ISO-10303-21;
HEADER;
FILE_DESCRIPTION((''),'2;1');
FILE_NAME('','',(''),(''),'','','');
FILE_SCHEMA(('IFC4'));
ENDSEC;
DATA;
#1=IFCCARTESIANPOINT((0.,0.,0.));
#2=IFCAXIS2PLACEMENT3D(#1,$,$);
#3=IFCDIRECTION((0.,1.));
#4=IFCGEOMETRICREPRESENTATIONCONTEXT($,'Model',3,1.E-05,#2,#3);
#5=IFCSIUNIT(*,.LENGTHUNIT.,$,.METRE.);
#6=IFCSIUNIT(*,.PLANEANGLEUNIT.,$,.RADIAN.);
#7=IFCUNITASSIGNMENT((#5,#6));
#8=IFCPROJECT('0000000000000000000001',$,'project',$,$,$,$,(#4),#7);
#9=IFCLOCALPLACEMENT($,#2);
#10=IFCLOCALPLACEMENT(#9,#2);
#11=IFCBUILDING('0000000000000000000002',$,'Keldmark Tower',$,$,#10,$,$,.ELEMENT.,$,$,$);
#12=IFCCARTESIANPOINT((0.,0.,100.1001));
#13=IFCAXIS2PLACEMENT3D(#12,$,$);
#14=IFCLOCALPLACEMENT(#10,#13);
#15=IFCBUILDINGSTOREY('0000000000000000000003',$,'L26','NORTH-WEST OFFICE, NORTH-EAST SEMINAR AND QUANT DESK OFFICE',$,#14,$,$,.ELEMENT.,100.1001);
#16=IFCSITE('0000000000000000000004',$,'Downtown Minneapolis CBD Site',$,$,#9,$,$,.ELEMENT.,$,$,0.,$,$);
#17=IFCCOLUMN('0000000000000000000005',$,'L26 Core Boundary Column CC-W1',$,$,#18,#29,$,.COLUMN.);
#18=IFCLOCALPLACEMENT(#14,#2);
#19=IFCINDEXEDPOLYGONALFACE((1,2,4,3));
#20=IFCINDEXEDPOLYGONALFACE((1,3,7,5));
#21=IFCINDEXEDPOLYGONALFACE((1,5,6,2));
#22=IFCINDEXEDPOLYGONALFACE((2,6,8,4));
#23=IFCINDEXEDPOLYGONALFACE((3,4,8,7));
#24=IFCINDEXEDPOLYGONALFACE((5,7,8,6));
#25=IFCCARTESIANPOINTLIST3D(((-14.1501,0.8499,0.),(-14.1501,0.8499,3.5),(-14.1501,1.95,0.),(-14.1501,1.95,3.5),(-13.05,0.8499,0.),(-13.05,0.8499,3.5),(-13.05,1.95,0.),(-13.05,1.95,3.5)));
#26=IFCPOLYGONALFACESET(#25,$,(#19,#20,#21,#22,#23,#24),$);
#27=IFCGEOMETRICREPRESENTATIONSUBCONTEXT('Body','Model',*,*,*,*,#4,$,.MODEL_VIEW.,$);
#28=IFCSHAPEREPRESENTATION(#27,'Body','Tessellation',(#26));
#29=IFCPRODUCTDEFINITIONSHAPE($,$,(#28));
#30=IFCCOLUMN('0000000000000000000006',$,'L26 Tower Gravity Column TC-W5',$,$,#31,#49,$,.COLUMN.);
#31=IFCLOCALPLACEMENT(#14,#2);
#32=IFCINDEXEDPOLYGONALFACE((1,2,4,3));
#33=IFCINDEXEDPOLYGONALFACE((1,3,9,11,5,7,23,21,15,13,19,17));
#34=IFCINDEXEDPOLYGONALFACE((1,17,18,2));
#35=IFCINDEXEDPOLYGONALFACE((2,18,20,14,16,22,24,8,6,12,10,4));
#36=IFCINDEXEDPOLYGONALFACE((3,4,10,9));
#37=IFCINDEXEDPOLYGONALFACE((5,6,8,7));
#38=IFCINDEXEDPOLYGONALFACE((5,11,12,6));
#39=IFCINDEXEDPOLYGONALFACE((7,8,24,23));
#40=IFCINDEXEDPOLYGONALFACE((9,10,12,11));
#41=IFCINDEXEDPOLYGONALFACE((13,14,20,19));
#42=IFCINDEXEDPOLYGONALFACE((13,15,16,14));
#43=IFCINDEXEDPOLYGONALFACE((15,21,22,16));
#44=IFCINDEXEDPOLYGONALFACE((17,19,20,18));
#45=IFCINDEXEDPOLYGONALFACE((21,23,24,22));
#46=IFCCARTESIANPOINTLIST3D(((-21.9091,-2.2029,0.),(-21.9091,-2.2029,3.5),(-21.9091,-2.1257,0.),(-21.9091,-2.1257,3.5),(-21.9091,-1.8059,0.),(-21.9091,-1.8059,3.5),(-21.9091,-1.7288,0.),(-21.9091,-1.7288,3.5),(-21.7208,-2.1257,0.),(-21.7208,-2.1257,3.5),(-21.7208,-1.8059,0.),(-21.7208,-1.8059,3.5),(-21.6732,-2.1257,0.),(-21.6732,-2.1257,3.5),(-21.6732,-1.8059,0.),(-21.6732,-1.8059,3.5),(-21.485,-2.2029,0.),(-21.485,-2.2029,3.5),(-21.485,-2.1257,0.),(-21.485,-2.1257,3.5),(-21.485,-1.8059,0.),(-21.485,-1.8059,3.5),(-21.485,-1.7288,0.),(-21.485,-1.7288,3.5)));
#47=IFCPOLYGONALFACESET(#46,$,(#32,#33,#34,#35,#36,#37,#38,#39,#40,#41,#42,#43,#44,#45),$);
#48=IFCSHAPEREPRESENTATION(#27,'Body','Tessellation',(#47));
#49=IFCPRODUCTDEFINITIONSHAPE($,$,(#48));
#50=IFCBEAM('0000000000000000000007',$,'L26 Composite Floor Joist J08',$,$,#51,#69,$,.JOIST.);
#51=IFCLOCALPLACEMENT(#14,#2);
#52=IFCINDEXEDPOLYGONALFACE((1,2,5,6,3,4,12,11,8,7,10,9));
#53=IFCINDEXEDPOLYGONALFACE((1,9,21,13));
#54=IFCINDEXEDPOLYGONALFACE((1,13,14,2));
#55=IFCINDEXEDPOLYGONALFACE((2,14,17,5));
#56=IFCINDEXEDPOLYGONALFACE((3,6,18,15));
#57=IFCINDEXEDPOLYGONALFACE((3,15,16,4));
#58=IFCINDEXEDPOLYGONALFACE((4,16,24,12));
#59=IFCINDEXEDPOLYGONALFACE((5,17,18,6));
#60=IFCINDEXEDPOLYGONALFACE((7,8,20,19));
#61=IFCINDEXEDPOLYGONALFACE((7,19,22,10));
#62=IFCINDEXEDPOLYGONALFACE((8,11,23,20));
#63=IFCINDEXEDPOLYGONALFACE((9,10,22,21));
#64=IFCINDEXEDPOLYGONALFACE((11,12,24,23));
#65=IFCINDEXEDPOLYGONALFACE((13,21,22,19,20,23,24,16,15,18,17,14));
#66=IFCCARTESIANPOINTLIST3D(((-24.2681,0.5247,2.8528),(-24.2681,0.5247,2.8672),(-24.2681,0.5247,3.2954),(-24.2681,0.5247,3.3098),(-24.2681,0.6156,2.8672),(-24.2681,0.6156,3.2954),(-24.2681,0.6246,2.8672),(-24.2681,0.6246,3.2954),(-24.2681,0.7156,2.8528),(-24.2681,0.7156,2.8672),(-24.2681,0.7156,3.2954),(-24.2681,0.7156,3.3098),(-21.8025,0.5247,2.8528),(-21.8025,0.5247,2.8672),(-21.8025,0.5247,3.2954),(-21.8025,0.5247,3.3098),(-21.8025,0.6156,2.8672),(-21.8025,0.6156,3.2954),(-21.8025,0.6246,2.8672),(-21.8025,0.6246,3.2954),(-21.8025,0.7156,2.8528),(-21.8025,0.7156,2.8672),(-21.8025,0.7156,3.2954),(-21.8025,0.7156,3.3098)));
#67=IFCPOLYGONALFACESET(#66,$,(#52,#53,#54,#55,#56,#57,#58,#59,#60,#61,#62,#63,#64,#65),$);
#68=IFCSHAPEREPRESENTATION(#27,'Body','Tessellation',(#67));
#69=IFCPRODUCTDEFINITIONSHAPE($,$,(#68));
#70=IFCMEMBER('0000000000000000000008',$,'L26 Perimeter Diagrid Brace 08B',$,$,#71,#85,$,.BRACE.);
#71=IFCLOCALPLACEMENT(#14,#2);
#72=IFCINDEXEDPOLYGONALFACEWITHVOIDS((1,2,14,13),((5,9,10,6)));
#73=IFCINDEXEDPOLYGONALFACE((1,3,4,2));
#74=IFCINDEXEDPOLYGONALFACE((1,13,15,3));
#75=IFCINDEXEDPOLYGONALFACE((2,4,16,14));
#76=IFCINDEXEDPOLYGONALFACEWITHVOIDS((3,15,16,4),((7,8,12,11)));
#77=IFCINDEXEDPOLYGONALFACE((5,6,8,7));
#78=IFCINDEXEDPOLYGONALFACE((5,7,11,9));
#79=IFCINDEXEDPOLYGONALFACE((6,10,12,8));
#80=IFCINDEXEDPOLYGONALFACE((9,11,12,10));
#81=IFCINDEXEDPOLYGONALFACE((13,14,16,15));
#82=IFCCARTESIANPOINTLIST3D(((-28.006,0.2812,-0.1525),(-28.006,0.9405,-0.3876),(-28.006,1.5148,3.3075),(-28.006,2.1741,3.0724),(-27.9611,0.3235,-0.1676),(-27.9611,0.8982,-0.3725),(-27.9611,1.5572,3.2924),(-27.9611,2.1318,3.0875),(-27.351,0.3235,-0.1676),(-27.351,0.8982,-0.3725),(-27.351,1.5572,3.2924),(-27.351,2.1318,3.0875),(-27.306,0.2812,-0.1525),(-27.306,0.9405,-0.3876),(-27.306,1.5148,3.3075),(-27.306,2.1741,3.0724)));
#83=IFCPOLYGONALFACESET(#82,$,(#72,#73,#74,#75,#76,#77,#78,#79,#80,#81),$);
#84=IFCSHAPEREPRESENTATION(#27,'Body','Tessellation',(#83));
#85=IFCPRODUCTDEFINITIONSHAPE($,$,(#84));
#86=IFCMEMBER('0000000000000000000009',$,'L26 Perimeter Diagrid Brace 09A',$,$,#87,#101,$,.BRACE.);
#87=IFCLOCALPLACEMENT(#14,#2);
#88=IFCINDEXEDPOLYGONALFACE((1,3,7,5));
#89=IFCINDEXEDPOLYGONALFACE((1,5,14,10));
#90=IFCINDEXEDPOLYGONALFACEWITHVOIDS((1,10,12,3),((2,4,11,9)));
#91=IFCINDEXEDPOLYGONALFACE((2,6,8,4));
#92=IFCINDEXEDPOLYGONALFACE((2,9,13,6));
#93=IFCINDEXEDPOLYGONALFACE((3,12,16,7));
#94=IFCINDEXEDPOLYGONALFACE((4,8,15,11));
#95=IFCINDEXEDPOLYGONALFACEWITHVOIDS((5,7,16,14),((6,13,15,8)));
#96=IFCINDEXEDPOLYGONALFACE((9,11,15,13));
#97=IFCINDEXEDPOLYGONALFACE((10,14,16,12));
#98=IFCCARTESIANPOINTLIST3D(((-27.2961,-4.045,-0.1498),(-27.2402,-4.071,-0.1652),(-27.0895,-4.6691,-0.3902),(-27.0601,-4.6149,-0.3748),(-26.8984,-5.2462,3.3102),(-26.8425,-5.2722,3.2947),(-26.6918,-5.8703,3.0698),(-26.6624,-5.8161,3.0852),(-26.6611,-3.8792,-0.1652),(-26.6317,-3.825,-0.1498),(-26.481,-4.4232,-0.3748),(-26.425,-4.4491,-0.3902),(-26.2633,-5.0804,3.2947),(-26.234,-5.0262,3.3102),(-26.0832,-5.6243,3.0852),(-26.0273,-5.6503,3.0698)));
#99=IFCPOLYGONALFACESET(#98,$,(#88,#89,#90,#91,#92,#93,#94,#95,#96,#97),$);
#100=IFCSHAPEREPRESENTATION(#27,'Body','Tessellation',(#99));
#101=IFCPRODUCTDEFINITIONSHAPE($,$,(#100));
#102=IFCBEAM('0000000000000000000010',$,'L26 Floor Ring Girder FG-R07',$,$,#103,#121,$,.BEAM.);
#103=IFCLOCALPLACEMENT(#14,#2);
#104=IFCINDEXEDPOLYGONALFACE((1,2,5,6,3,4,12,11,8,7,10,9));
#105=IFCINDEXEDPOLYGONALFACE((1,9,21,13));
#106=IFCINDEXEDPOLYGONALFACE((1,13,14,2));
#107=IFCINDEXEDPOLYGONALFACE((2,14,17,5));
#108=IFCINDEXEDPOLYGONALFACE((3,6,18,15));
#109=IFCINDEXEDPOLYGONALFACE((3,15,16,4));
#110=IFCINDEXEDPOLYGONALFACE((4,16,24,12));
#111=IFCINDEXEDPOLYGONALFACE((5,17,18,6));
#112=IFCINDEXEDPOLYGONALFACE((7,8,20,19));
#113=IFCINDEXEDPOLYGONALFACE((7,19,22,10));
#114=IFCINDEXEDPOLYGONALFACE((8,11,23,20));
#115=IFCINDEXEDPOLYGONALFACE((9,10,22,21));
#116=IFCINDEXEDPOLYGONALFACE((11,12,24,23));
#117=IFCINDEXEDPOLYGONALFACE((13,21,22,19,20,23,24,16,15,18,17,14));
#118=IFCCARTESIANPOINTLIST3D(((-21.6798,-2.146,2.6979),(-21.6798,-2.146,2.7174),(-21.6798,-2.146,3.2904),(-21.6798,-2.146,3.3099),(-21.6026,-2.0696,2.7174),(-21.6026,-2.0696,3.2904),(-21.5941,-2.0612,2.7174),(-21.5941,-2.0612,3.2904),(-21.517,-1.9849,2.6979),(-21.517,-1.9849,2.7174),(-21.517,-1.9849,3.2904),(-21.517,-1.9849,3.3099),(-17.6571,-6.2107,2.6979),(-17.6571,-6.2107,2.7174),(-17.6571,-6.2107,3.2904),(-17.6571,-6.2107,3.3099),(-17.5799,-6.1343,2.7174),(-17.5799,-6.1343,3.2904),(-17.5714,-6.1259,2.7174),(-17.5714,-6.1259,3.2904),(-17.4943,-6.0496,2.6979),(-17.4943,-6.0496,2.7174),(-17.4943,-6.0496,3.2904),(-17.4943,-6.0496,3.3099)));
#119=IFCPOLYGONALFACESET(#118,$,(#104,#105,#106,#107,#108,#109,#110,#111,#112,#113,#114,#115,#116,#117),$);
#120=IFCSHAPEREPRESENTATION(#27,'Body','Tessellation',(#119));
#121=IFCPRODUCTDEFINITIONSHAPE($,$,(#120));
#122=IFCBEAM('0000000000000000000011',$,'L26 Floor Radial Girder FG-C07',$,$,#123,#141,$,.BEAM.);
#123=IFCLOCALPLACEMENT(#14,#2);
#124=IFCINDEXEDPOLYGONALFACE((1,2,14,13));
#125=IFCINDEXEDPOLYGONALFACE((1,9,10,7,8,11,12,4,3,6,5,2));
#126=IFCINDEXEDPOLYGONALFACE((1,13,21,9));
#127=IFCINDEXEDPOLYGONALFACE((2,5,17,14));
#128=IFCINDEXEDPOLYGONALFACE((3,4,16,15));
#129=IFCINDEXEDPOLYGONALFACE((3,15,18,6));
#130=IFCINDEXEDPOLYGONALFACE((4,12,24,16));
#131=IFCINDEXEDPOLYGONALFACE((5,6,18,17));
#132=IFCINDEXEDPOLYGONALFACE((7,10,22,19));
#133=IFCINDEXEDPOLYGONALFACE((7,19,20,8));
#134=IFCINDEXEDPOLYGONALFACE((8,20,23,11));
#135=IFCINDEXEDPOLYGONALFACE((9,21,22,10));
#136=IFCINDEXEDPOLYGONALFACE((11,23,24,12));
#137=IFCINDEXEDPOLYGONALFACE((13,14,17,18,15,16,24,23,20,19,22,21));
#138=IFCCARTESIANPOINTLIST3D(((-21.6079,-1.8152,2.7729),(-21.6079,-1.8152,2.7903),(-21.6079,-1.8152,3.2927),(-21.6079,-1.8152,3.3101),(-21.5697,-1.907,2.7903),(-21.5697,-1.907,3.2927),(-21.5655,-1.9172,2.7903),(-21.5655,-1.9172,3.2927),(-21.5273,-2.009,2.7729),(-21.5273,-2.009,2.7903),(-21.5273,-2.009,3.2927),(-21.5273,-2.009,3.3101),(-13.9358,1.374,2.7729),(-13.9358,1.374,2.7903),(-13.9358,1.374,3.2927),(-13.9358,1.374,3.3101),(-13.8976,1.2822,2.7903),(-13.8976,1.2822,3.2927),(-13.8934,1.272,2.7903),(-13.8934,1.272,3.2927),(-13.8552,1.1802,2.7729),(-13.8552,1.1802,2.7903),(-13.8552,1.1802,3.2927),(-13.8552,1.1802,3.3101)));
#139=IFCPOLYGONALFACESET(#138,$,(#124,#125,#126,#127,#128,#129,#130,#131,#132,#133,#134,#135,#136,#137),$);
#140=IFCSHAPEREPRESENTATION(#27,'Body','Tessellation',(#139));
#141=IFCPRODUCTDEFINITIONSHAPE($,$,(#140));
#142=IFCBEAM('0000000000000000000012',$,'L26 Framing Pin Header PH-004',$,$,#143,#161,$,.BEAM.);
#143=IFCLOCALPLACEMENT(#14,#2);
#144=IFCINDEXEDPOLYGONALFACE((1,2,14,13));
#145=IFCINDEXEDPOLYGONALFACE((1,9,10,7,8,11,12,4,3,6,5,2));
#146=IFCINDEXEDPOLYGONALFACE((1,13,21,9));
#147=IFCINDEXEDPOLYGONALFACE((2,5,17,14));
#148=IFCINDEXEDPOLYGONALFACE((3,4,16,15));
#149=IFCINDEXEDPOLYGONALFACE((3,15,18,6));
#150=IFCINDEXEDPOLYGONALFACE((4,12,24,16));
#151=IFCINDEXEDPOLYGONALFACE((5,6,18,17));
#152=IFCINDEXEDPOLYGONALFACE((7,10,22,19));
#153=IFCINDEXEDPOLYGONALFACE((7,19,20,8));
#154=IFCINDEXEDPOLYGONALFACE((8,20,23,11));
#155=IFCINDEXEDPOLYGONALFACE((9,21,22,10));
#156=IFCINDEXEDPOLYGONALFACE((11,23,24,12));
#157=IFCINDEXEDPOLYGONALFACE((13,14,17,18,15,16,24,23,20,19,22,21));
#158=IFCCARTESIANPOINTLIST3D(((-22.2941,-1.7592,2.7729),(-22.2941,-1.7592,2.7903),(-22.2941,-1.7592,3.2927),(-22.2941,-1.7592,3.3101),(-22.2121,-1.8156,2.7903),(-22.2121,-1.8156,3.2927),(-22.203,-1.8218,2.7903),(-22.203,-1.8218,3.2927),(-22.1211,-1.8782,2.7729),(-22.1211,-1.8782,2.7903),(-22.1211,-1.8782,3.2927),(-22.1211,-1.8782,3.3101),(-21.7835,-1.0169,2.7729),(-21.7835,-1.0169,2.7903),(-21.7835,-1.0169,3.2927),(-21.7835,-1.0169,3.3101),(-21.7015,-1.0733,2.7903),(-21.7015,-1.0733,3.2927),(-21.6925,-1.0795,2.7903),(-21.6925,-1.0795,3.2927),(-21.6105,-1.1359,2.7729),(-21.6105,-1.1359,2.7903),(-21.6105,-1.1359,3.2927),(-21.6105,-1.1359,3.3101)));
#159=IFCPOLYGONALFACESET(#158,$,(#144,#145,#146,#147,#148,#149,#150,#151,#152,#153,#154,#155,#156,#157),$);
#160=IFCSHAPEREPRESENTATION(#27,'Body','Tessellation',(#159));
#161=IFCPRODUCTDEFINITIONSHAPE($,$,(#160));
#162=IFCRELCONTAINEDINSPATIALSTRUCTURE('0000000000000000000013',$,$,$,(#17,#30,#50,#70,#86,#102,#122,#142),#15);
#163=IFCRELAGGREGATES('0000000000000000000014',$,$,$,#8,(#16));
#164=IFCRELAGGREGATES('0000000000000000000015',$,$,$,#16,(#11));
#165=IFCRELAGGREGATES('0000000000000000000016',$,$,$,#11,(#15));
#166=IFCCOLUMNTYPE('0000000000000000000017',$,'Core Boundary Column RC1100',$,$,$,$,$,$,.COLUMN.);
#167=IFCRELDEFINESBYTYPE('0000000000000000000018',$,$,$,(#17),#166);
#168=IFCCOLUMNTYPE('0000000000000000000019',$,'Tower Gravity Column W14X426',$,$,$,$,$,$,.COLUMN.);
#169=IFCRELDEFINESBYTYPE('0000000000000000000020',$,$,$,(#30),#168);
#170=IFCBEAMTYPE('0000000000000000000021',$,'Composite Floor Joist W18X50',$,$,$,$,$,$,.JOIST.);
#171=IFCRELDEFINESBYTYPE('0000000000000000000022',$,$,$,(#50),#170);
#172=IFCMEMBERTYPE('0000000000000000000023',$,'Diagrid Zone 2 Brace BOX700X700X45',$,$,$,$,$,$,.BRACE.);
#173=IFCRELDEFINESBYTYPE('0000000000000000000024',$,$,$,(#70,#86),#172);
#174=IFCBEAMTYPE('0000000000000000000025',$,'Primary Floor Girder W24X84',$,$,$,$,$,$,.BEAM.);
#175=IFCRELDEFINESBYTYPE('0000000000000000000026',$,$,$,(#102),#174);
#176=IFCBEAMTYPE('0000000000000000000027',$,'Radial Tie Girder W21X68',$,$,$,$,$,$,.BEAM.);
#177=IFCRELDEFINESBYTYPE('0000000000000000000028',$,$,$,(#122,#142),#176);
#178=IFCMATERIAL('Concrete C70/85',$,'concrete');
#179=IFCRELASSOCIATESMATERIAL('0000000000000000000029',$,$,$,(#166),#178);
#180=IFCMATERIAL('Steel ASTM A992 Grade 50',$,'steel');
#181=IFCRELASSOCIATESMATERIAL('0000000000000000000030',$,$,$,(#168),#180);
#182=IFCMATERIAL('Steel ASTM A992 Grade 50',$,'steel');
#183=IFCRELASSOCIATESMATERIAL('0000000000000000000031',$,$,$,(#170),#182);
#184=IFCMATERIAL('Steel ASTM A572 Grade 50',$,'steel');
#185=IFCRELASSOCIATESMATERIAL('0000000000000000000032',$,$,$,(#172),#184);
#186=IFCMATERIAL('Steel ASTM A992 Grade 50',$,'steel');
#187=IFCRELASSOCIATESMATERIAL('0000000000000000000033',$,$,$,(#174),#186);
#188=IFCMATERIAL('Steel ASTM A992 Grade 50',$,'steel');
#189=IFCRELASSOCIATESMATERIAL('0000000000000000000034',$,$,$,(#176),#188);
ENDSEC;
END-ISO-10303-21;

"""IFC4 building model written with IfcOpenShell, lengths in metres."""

from ifc_helpers import new_model, si_unit, direction, frame, origin, origin_2d, place, context, subcontext, project, spatial, rectangle, hollow_rectangle, i_section, extrude, material, material_profile, profile_set, type_object, element, save


model = new_model("IFC4")

# Units and contexts
model_context = context("Model", 3, precision=1e-05, world=origin(), true_north=direction((0.0, 1.0)))
body_context = subcontext(model_context, "Body", "Model", "MODEL_VIEW")
ifc_project = project(units=[si_unit("LENGTHUNIT", "METRE"), si_unit("PLANEANGLEUNIT", "RADIAN")], contexts=[model_context])

# Site, building, storey
site_placement = place(None, origin())
site = spatial("IfcSite", under=ifc_project, at=site_placement, Name="Downtown Minneapolis CBD Site", CompositionType="ELEMENT", RefElevation=0.0)
building_placement = place(site_placement, origin())
building = spatial("IfcBuilding", under=site, at=building_placement, Name="Keldmark Tower", CompositionType="ELEMENT")
storey_placement = place(building_placement, frame((0.0, 0.0, 100.1001)))
storey = spatial("IfcBuildingStorey", under=building, at=storey_placement, Name="L26", Description="NORTH-WEST OFFICE, NORTH-EAST SEMINAR AND QUANT DESK OFFICE", CompositionType="ELEMENT", Elevation=100.1001)

# Columns
ifc_material_1 = material(Name="Concrete C70/85", Category="concrete")
ifc_material_profile_1 = material_profile(ifc_material_1, rectangle(XDim=1.1001, YDim=1.1001, at=origin_2d()), Name="RC1100X1100")
ifc_profile_set_1 = profile_set([ifc_material_profile_1], Name="Concrete C70/85")
column_type_1 = type_object("IfcColumnType", Name="Core Boundary Column RC1100", PredefinedType="COLUMN", material=ifc_profile_set_1)
column_1_placement = place(storey_placement, frame((-13.6001, 1.3999, 0.0), z_axis=(0.0, 0.0, 1.0), x_axis=(1.0, 0.0, 0.0)))
element("IfcColumn", 1, at=column_1_placement, inside=storey, type_object=column_type_1, Name="L26 Core Boundary Column CC-W1", PredefinedType="COLUMN", context=body_context, shape_type="SweptSolid", body=[
    extrude(rectangle(XDim=1.1001, YDim=1.1001, at=origin_2d()), origin(), (0.0, 0.0, 1.0), 3.5),
])
ifc_material_2 = material(Name="Steel ASTM A992 Grade 50", Category="steel")
ifc_material_profile_2 = material_profile(ifc_material_2, i_section(OverallWidth=0.4241, OverallDepth=0.4741, WebThickness=0.0476, FlangeThickness=0.0771, at=origin_2d()), Name="W14X426")
ifc_profile_set_2 = profile_set([ifc_material_profile_2], Name="Steel ASTM A992 Grade 50")
column_type_2 = type_object("IfcColumnType", Name="Tower Gravity Column W14X426", PredefinedType="COLUMN", material=ifc_profile_set_2)
column_2_placement = place(storey_placement, frame((-21.697, -1.9658, 0.0), z_axis=(0.0, 0.0, 1.0), x_axis=(1.0, 0.0, 0.0)))
element("IfcColumn", 2, at=column_2_placement, inside=storey, type_object=column_type_2, Name="L26 Tower Gravity Column TC-W5", PredefinedType="COLUMN", context=body_context, shape_type="SweptSolid", body=[
    extrude(i_section(OverallWidth=0.4241, OverallDepth=0.4741, WebThickness=0.0476, FlangeThickness=0.0771, at=origin_2d()), origin(), (0.0, 0.0, 1.0), 3.5),
])

# Beam
ifc_material_3 = material(Name="Steel ASTM A992 Grade 50", Category="steel")
ifc_material_profile_3 = material_profile(ifc_material_3, i_section(OverallWidth=0.1909, OverallDepth=0.457, WebThickness=0.009, FlangeThickness=0.0144, at=origin_2d()), Name="W18X50")
ifc_profile_set_3 = profile_set([ifc_material_profile_3], Name="Steel ASTM A992 Grade 50")
beam_type_1 = type_object("IfcBeamType", Name="Composite Floor Joist W18X50", PredefinedType="JOIST", material=ifc_profile_set_3)
beam_1_placement = place(storey_placement, frame((-24.2681, 0.6201, 3.0813), z_axis=(1.0, 0.0, 0.0), x_axis=(0.0, 1.0, 0.0)))
element("IfcBeam", 3, at=beam_1_placement, inside=storey, type_object=beam_type_1, Name="L26 Composite Floor Joist J08", PredefinedType="JOIST", context=body_context, shape_type="SweptSolid", body=[
    extrude(i_section(OverallWidth=0.1909, OverallDepth=0.457, WebThickness=0.009, FlangeThickness=0.0144, at=origin_2d()), origin(), (0.0, 0.0, 1.0), 2.4656),
])

# Members
ifc_material_4 = material(Name="Steel ASTM A572 Grade 50", Category="steel")
ifc_material_profile_4 = material_profile(ifc_material_4, hollow_rectangle(XDim=0.7, YDim=0.7, WallThickness=0.0449, at=origin_2d()), Name="BOX700X700X45")
ifc_profile_set_4 = profile_set([ifc_material_profile_4], Name="Steel ASTM A572 Grade 50")
member_type = type_object("IfcMemberType", Name="Diagrid Zone 2 Brace BOX700X700X45", PredefinedType="BRACE", material=ifc_profile_set_4)
member_1_placement = place(storey_placement, frame((-27.656, 0.6108, -0.27), z_axis=(0.0, 0.33584, 0.941919), x_axis=(-1.0, 0.0, 0.0)))
element("IfcMember", 4, at=member_1_placement, inside=storey, type_object=member_type, Name="L26 Perimeter Diagrid Brace 08B", PredefinedType="BRACE", context=body_context, shape_type="SweptSolid", body=[
    extrude(hollow_rectangle(XDim=0.7, YDim=0.7, WallThickness=0.0449, at=origin_2d()), origin(), (0.0, 0.0, 1.0), 3.6733),
])
member_2_placement = place(storey_placement, frame((-26.8606, -4.2471, -0.27), z_axis=(0.107953, -0.326046, 0.93917), x_axis=(0.949318, 0.314317, 0.0)))
element("IfcMember", 5, at=member_2_placement, inside=storey, type_object=member_type, Name="L26 Perimeter Diagrid Brace 09A", PredefinedType="BRACE", context=body_context, shape_type="SweptSolid", body=[
    extrude(hollow_rectangle(XDim=0.7, YDim=0.7, WallThickness=0.0449, at=origin_2d()), origin(), (0.0, 0.0, 1.0), 3.6841),
])

# Beams
ifc_material_5 = material(Name="Steel ASTM A992 Grade 50", Category="steel")
ifc_material_profile_5 = material_profile(ifc_material_5, i_section(OverallWidth=0.229, OverallDepth=0.6121, WebThickness=0.012, FlangeThickness=0.0195, at=origin_2d()), Name="W24X84")
ifc_profile_set_5 = profile_set([ifc_material_profile_5], Name="Steel ASTM A992 Grade 50")
beam_type_2 = type_object("IfcBeamType", Name="Primary Floor Girder W24X84", PredefinedType="BEAM", material=ifc_profile_set_5)
beam_2_placement = place(storey_placement, frame((-21.5984, -2.0654, 3.0039), z_axis=(0.703426, -0.710769, 0.0), x_axis=(0.710769, 0.703426, 0.0)))
element("IfcBeam", 6, at=beam_2_placement, inside=storey, type_object=beam_type_2, Name="L26 Floor Ring Girder FG-R07", PredefinedType="BEAM", context=body_context, shape_type="SweptSolid", body=[
    extrude(i_section(OverallWidth=0.229, OverallDepth=0.6121, WebThickness=0.012, FlangeThickness=0.0195, at=origin_2d()), origin(), (0.0, 0.0, 1.0), 5.7188),
])
ifc_material_6 = material(Name="Steel ASTM A992 Grade 50", Category="steel")
ifc_material_profile_6 = material_profile(ifc_material_6, i_section(OverallWidth=0.21, OverallDepth=0.5371, WebThickness=0.011, FlangeThickness=0.0173, at=origin_2d()), Name="W21X68")
ifc_profile_set_6 = profile_set([ifc_material_profile_6], Name="Steel ASTM A992 Grade 50")
beam_type_3 = type_object("IfcBeamType", Name="Radial Tie Girder W21X68", PredefinedType="BEAM", material=ifc_profile_set_6)
beam_3_placement = place(storey_placement, frame((-21.5676, -1.9121, 3.0415), z_axis=(0.923397, 0.383845, 0.0), x_axis=(-0.383845, 0.923397, 0.0)))
element("IfcBeam", 7, at=beam_3_placement, inside=storey, type_object=beam_type_3, Name="L26 Floor Radial Girder FG-C07", PredefinedType="BEAM", context=body_context, shape_type="SweptSolid", body=[
    extrude(i_section(OverallWidth=0.21, OverallDepth=0.5371, WebThickness=0.011, FlangeThickness=0.0173, at=origin_2d()), origin(), (0.0, 0.0, 1.0), 8.3086),
])
beam_4_placement = place(storey_placement, frame((-21.697, -1.0764, 3.0415), z_axis=(-0.566713, -0.823915, 0.0), x_axis=(0.823915, -0.566713, 0.0)))
element("IfcBeam", 8, at=beam_4_placement, inside=storey, type_object=beam_type_3, Name="L26 Framing Pin Header PH-004", PredefinedType="BEAM", context=body_context, shape_type="SweptSolid", body=[
    extrude(i_section(OverallWidth=0.21, OverallDepth=0.5371, WebThickness=0.011, FlangeThickness=0.0173, at=origin_2d()), origin(), (0.0, 0.0, 1.0), 0.9009),
])

save(model, "model.ifc")
